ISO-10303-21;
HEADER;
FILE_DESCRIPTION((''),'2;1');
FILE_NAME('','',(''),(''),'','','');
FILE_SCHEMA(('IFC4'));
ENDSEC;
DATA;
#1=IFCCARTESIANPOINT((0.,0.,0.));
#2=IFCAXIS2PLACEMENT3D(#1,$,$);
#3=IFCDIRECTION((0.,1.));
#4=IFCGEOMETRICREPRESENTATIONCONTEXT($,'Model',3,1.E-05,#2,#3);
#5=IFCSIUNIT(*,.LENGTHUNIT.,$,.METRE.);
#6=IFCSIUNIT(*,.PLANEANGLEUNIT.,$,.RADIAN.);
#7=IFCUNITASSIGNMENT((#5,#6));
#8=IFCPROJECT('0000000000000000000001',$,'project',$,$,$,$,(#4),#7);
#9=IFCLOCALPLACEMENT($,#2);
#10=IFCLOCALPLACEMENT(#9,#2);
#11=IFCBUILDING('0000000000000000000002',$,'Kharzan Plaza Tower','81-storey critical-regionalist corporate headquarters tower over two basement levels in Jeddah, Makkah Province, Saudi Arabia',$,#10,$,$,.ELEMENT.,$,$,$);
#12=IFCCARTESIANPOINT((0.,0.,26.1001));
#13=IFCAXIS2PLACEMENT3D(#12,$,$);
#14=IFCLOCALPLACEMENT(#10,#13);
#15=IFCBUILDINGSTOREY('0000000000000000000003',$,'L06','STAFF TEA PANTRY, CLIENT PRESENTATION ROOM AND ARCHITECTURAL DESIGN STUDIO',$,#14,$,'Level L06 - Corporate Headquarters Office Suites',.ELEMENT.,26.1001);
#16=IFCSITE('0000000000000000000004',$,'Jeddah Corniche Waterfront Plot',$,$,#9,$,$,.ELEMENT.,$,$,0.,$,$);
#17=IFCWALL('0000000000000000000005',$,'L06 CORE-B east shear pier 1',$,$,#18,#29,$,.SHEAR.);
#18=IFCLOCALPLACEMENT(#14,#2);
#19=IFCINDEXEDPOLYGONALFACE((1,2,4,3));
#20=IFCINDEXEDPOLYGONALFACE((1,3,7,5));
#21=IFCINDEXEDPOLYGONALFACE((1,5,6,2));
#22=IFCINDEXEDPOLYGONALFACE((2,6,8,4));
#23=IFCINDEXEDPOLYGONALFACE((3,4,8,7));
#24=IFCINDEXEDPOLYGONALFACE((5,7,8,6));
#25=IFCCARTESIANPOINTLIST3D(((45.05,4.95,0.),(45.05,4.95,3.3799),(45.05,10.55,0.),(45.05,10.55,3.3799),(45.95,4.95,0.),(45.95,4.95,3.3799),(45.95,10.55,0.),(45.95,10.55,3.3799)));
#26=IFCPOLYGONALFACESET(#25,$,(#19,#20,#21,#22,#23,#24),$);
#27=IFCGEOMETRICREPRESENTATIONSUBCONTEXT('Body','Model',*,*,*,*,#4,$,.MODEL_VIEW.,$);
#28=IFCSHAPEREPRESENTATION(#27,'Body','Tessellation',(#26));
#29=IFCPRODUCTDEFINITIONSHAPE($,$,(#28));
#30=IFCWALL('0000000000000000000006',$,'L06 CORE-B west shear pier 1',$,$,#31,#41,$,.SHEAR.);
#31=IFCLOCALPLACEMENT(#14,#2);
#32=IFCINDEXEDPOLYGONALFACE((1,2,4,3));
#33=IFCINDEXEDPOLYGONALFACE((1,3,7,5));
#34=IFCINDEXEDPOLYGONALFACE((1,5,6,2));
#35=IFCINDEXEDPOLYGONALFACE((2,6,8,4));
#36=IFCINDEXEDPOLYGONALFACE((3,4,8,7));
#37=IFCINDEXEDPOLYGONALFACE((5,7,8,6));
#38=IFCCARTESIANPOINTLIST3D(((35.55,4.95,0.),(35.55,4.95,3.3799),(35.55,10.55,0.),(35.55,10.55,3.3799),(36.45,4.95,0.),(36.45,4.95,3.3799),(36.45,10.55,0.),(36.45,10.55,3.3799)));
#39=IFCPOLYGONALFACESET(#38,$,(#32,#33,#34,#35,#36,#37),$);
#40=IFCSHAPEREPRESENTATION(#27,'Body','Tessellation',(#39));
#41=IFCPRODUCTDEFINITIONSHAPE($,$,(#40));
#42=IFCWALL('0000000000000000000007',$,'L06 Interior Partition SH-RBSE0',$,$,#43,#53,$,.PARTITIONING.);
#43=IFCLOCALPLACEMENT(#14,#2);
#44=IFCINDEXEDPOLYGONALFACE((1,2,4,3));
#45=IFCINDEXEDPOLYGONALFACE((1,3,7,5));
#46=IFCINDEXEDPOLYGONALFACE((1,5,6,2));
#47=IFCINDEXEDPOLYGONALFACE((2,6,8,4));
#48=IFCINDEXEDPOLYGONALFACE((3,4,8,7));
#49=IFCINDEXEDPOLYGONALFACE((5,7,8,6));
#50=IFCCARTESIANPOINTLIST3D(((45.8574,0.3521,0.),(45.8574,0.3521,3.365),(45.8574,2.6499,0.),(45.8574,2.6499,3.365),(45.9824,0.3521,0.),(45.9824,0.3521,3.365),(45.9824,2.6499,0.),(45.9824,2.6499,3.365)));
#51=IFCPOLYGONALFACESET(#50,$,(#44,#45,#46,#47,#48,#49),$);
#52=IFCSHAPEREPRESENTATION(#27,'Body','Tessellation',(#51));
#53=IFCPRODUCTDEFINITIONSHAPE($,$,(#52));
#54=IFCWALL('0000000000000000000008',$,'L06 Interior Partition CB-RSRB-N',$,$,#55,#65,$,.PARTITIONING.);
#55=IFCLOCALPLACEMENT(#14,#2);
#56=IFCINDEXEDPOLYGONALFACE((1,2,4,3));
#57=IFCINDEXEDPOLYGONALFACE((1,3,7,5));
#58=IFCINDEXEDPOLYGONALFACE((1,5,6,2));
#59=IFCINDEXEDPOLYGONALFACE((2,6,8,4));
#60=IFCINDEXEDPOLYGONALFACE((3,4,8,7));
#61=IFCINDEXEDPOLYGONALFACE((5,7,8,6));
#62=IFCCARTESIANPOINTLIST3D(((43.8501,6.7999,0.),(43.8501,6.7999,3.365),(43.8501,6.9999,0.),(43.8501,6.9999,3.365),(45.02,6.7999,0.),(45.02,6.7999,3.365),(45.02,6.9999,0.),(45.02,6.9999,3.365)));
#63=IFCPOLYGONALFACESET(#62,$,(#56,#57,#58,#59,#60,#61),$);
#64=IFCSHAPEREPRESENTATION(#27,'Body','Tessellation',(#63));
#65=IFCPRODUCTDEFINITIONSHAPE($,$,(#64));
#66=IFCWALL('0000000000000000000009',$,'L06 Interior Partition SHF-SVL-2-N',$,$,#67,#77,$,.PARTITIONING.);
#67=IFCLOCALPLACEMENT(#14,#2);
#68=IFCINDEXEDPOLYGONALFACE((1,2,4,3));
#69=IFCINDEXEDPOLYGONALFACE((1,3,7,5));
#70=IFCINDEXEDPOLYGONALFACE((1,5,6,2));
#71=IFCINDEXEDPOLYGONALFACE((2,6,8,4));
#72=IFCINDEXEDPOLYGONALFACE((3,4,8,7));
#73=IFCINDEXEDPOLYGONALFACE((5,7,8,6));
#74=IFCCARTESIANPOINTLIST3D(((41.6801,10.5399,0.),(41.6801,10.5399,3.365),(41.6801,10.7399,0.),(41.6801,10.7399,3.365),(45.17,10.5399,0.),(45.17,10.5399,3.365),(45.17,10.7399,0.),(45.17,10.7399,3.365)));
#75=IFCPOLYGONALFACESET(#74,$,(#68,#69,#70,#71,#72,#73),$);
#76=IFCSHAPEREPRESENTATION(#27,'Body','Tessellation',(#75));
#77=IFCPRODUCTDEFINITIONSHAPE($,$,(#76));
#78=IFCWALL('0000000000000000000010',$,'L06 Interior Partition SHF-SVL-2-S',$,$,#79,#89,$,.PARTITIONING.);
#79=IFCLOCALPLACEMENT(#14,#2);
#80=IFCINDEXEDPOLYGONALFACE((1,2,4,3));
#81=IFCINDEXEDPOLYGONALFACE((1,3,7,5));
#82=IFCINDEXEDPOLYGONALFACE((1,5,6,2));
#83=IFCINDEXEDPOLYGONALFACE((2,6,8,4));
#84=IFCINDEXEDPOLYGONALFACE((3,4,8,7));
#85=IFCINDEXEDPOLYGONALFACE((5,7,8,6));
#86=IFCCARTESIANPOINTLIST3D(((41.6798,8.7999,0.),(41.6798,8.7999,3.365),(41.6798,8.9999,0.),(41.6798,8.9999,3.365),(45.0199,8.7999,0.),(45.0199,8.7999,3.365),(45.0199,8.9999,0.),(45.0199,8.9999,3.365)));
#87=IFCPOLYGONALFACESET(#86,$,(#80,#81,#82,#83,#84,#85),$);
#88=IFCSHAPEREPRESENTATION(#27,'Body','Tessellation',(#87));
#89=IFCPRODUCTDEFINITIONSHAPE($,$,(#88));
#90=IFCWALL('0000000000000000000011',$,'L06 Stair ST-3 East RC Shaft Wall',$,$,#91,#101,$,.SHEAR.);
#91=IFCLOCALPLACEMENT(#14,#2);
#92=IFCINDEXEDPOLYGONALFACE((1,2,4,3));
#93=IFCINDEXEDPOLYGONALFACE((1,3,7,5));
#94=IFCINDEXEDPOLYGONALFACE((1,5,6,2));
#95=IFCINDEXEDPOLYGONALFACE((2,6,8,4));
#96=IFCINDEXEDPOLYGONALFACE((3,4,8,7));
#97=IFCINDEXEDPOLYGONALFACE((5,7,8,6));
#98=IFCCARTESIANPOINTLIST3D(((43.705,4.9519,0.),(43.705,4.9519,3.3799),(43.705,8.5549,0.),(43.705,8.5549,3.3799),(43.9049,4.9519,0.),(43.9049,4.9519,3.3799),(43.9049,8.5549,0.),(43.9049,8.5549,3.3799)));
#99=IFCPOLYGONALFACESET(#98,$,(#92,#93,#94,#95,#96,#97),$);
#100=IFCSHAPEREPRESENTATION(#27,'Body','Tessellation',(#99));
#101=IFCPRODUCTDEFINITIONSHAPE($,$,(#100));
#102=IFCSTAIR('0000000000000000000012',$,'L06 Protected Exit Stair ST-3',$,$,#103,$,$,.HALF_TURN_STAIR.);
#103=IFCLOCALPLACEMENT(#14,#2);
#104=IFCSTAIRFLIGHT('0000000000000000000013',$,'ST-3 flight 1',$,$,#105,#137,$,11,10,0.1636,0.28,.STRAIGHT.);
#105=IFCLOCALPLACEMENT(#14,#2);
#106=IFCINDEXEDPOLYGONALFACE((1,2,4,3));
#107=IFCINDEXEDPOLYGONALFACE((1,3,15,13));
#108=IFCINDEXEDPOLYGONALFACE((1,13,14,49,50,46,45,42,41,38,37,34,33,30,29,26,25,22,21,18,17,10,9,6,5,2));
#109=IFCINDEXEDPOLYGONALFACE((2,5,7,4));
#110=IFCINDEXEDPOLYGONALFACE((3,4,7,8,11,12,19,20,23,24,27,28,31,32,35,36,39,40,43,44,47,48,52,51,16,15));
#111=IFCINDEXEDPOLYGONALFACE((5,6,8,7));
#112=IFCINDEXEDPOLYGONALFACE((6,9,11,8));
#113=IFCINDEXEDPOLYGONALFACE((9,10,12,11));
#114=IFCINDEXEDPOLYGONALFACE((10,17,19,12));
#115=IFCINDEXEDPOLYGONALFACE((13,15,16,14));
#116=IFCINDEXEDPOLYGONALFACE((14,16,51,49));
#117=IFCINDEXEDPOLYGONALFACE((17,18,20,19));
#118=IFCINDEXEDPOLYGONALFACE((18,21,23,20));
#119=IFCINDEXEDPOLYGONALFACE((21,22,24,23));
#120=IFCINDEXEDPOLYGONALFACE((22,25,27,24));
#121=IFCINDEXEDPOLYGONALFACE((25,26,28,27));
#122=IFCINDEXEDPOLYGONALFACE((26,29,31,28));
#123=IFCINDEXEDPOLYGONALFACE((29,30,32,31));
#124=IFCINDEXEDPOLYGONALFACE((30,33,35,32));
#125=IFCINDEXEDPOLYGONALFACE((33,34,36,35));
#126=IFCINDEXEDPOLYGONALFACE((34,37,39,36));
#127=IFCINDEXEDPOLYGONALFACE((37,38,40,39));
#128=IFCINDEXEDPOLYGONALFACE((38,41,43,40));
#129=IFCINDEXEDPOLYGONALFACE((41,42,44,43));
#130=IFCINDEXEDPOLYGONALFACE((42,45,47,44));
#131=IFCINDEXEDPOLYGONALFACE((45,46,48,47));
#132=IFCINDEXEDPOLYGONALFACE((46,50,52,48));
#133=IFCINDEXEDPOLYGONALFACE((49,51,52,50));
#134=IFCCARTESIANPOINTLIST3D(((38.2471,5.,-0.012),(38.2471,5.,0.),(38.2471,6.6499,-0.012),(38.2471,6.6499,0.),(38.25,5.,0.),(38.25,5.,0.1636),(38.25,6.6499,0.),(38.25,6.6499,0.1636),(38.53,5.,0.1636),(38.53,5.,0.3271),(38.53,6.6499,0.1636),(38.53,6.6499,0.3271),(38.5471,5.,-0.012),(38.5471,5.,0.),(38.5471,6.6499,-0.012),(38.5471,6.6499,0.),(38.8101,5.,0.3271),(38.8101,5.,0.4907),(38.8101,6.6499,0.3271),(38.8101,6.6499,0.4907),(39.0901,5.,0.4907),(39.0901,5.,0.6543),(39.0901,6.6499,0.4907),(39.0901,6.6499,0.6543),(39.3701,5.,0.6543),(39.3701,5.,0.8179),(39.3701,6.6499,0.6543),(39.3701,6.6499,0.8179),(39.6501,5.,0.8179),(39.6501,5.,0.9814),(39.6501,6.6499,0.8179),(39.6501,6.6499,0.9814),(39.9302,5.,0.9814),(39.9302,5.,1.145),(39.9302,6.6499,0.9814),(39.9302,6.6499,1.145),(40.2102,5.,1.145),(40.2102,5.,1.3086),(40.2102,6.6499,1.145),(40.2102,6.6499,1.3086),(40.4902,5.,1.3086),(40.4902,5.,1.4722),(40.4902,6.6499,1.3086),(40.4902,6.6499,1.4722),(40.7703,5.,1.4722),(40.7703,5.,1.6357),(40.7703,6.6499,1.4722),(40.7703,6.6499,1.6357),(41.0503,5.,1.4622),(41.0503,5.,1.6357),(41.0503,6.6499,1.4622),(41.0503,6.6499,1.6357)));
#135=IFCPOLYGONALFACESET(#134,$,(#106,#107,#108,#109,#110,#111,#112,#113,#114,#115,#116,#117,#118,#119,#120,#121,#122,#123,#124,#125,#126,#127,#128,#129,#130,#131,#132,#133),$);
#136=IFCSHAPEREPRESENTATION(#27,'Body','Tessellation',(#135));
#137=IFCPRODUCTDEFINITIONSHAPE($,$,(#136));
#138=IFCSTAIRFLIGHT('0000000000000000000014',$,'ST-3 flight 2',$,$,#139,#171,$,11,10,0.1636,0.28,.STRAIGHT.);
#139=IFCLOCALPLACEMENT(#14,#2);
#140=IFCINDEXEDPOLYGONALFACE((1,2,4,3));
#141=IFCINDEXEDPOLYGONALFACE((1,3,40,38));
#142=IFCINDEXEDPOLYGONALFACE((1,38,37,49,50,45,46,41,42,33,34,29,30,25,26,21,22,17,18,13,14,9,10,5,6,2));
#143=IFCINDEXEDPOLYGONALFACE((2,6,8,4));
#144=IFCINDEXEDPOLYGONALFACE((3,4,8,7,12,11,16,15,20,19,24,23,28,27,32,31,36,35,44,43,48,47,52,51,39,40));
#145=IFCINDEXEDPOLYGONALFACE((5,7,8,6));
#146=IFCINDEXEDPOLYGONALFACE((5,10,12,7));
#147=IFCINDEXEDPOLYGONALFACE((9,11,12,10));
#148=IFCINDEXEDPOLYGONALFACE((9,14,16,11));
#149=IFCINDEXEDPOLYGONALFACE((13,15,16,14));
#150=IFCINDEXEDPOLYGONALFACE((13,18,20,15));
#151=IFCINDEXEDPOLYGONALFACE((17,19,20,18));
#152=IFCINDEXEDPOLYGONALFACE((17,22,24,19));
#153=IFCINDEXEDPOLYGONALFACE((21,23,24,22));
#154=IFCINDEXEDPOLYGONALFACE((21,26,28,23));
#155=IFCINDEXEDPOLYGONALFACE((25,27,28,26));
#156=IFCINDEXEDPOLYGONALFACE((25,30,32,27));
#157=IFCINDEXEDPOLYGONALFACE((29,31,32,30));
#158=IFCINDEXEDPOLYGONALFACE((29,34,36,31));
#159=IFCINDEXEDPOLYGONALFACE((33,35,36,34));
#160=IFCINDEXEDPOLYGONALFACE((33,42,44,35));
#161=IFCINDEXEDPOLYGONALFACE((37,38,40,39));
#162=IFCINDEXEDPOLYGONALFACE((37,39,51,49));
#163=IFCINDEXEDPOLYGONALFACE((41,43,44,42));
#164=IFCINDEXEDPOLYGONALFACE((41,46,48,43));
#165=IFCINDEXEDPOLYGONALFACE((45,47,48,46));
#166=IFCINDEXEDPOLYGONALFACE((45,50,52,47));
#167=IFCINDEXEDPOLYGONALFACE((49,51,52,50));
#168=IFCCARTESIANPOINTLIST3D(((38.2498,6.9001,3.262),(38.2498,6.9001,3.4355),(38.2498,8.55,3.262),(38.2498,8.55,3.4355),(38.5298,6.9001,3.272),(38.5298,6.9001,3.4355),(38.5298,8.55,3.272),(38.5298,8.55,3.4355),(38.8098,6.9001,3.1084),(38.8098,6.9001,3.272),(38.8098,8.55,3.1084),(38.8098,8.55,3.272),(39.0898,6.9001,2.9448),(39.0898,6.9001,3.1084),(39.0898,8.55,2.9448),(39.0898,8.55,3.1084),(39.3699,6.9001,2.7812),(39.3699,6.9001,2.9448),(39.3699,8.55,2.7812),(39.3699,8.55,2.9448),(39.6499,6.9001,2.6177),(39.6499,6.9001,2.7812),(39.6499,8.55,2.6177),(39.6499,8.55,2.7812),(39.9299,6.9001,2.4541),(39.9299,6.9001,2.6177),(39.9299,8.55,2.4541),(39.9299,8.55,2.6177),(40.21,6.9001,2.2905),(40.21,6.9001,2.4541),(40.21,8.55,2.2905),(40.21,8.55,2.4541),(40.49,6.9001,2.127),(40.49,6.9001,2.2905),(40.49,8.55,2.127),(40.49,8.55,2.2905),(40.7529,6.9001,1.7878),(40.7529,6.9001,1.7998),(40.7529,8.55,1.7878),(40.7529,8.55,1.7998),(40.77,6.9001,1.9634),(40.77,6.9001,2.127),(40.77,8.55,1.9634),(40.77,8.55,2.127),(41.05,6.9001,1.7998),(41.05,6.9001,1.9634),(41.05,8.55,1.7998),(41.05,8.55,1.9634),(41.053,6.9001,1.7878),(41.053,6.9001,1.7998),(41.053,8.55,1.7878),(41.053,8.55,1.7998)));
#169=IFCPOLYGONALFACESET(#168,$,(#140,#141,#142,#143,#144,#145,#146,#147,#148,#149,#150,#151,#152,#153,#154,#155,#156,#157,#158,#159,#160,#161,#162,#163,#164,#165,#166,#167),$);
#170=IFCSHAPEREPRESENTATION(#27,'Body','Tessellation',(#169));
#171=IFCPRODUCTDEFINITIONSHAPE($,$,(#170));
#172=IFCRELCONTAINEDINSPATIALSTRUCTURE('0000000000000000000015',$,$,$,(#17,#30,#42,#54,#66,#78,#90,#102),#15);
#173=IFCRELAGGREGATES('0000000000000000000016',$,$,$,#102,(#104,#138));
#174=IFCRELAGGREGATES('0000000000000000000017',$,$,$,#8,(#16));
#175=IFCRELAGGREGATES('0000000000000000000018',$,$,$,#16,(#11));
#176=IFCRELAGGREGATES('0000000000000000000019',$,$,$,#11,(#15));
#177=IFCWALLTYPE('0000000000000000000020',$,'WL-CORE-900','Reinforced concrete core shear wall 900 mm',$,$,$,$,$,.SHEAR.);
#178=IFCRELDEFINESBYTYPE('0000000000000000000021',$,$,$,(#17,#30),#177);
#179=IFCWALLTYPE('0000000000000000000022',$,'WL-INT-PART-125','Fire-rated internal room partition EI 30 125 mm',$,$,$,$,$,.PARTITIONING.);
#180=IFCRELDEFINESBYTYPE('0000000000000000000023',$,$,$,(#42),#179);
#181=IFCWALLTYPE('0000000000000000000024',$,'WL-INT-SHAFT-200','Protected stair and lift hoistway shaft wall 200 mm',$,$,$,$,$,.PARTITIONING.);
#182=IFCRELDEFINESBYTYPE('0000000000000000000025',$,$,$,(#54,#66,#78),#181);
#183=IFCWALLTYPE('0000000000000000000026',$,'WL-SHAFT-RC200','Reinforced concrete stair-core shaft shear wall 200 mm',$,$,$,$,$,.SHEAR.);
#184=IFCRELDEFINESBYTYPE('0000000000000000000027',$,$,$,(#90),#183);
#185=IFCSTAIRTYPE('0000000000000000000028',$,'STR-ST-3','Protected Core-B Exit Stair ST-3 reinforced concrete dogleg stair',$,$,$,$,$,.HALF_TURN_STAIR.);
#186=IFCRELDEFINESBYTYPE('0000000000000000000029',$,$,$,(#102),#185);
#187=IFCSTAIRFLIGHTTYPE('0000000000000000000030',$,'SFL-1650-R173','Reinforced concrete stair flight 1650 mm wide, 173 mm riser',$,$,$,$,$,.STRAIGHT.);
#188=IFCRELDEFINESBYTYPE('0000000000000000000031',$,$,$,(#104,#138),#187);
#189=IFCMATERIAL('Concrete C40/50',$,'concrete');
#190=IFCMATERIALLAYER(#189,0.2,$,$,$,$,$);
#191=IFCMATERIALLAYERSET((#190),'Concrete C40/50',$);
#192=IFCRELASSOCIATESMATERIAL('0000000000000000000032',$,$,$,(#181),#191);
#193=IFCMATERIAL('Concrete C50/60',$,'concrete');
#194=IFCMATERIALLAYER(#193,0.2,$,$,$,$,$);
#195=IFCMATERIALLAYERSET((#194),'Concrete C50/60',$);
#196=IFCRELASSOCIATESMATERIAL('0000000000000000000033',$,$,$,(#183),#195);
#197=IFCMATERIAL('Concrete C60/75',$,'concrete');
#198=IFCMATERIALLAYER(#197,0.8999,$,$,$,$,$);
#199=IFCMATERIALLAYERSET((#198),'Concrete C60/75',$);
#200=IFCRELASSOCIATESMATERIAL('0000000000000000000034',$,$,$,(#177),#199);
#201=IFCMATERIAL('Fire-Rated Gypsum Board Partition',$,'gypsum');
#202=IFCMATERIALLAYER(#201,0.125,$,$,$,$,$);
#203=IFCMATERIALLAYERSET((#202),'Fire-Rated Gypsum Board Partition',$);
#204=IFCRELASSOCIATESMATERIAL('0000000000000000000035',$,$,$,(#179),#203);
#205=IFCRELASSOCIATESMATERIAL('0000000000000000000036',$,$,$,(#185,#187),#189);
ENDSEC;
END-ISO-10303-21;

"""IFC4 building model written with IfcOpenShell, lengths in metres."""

from ifc_helpers import new_model, si_unit, direction, frame, frame_2d, origin, place, context, subcontext, project, spatial, polyline, rectangle, outline, extrude, source, transform, mapped, material, layer, layer_set, type_object, element, aggregate, save


model = new_model("IFC4")

# Units and contexts
model_context = context("Model", 3, precision=1e-05, world=origin(), true_north=direction((0.0, 1.0)))
body_context = subcontext(model_context, "Body", "Model", "MODEL_VIEW")
ifc_project = project(units=[si_unit("LENGTHUNIT", "METRE"), si_unit("PLANEANGLEUNIT", "RADIAN")], contexts=[model_context])

# Site, building, storey
site_placement = place(None, origin())
site = spatial("IfcSite", under=ifc_project, at=site_placement, Name="Jeddah Corniche Waterfront Plot", CompositionType="ELEMENT", RefElevation=0.0)
building_placement = place(site_placement, origin())
building = spatial("IfcBuilding", under=site, at=building_placement, Name="Kharzan Plaza Tower", Description="81-storey critical-regionalist corporate headquarters tower over two basement levels in Jeddah, Makkah Province, Saudi Arabia", CompositionType="ELEMENT")
storey_placement = place(building_placement, frame((0.0, 0.0, 26.1001)))
storey = spatial("IfcBuildingStorey", under=building, at=storey_placement, Name="L06", Description="STAFF TEA PANTRY, CLIENT PRESENTATION ROOM AND ARCHITECTURAL DESIGN STUDIO", LongName="Level L06 - Corporate Headquarters Office Suites", CompositionType="ELEMENT", Elevation=26.1001)

# Shared definitions
ifc_material_1 = material(Name="Concrete C60/75", Category="concrete")

# Shared definitions
ifc_material_2 = material(Name="Concrete C40/50", Category="concrete")

# Shared definitions
ifc_layer_1 = layer(ifc_material_2, 0.2)
ifc_layer_set_1 = layer_set([ifc_layer_1], Name="Concrete C40/50")
wall_type_1 = type_object("IfcWallType", Name="WL-INT-SHAFT-200", Description="Protected stair and lift hoistway shaft wall 200 mm", PredefinedType="PARTITIONING", material=ifc_layer_set_1)
ifc_material_3 = material(Name="Concrete C50/60", Category="concrete")
ifc_layer_2 = layer(ifc_material_3, 0.2)
ifc_layer_set_2 = layer_set([ifc_layer_2], Name="Concrete C50/60")
wall_type_2 = type_object("IfcWallType", Name="WL-SHAFT-RC200", Description="Reinforced concrete stair-core shaft shear wall 200 mm", PredefinedType="SHEAR", material=ifc_layer_set_2)

# Walls
ifc_layer_3 = layer(ifc_material_1, 0.8999)
ifc_layer_set_3 = layer_set([ifc_layer_3], Name="Concrete C60/75")
wall_type_3 = type_object("IfcWallType", Name="WL-CORE-900", Description="Reinforced concrete core shear wall 900 mm", PredefinedType="SHEAR", material=ifc_layer_set_3)
shared_shape_1 = source(origin(), body_context, "Body", "SweptSolid", [
    extrude(rectangle(XDim=5.6001, YDim=0.8999, at=frame_2d((2.8, 0.0))), origin(), (0.0, 0.0, 1.0), 3.3799),
])
for number, where, z_axis, x_axis, name in (
    (1, (45.5, 4.95, 0.0), (0.0, 0.0, 1.0), (0.0, 1.0, 0.0), "L06 CORE-B east shear pier 1"),
    (2, (36.0, 4.95, 0.0), (0.0, 0.0, 1.0), (0.0, 1.0, 0.0), "L06 CORE-B west shear pier 1"),
):
    element("IfcWall", number, at=place(storey_placement, frame(where, z_axis=z_axis, x_axis=x_axis)), inside=storey, type_object=wall_type_3, Name=name, PredefinedType="SHEAR", context=body_context, shape_type="MappedRepresentation", body=[
        mapped(shared_shape_1, transform((0.0, 0.0, 0.0), x_axis=(1.0, 0.0, 0.0), y_axis=(0.0, 1.0, 0.0), z_axis=(0.0, 0.0, 1.0))),
    ])
ifc_material_4 = material(Name="Fire-Rated Gypsum Board Partition", Category="gypsum")
ifc_layer_4 = layer(ifc_material_4, 0.125)
ifc_layer_set_4 = layer_set([ifc_layer_4], Name="Fire-Rated Gypsum Board Partition")
wall_type_4 = type_object("IfcWallType", Name="WL-INT-PART-125", Description="Fire-rated internal room partition EI 30 125 mm", PredefinedType="PARTITIONING", material=ifc_layer_set_4)
shared_shape_2 = source(origin(), body_context, "Body", "SweptSolid", [
    extrude(rectangle(XDim=2.2979, YDim=0.125, at=frame_2d((1.1489, 0.0))), origin(), (0.0, 0.0, 1.0), 3.365),
])
wall_1_placement = place(storey_placement, frame((45.9199, 0.3521, 0.0), z_axis=(0.0, 0.0, 1.0), x_axis=(0.0, 1.0, 0.0)))
element("IfcWall", 3, at=wall_1_placement, inside=storey, type_object=wall_type_4, Name="L06 Interior Partition SH-RBSE0", PredefinedType="PARTITIONING", context=body_context, shape_type="MappedRepresentation", body=[
    mapped(shared_shape_2, transform((0.0, 0.0, 0.0), x_axis=(1.0, 0.0, 0.0), y_axis=(0.0, 1.0, 0.0), z_axis=(0.0, 0.0, 1.0))),
])
shared_shape_3 = source(origin(), body_context, "Body", "SweptSolid", [
    extrude(rectangle(XDim=1.1699, YDim=0.2, at=frame_2d((0.585, 0.0))), origin(), (0.0, 0.0, 1.0), 3.365),
])
wall_2_placement = place(storey_placement, frame((43.8501, 6.8999, 0.0), z_axis=(0.0, 0.0, 1.0), x_axis=(1.0, 0.0, 0.0)))
element("IfcWall", 4, at=wall_2_placement, inside=storey, type_object=wall_type_1, Name="L06 Interior Partition CB-RSRB-N", PredefinedType="PARTITIONING", context=body_context, shape_type="MappedRepresentation", body=[
    mapped(shared_shape_3, transform((0.0, 0.0, 0.0), x_axis=(1.0, 0.0, 0.0), y_axis=(0.0, 1.0, 0.0), z_axis=(0.0, 0.0, 1.0))),
])
shared_shape_4 = source(origin(), body_context, "Body", "SweptSolid", [
    extrude(rectangle(XDim=3.49, YDim=0.2, at=frame_2d((1.7451, 0.0))), origin(), (0.0, 0.0, 1.0), 3.365),
])
wall_3_placement = place(storey_placement, frame((41.6799, 10.6399, 0.0), z_axis=(0.0, 0.0, 1.0), x_axis=(1.0, 0.0, 0.0)))
element("IfcWall", 5, at=wall_3_placement, inside=storey, type_object=wall_type_1, Name="L06 Interior Partition SHF-SVL-2-N", PredefinedType="PARTITIONING", context=body_context, shape_type="MappedRepresentation", body=[
    mapped(shared_shape_4, transform((0.0, 0.0, 0.0), x_axis=(1.0, 0.0, 0.0), y_axis=(0.0, 1.0, 0.0), z_axis=(0.0, 0.0, 1.0))),
])
shared_shape_5 = source(origin(), body_context, "Body", "SweptSolid", [
    extrude(rectangle(XDim=3.3401, YDim=0.2, at=frame_2d((1.6699, 0.0))), origin(), (0.0, 0.0, 1.0), 3.365),
])
wall_4_placement = place(storey_placement, frame((41.6799, 8.8999, 0.0), z_axis=(0.0, 0.0, 1.0), x_axis=(1.0, 0.0, 0.0)))
element("IfcWall", 6, at=wall_4_placement, inside=storey, type_object=wall_type_1, Name="L06 Interior Partition SHF-SVL-2-S", PredefinedType="PARTITIONING", context=body_context, shape_type="MappedRepresentation", body=[
    mapped(shared_shape_5, transform((0.0, 0.0, 0.0), x_axis=(1.0, 0.0, 0.0), y_axis=(0.0, 1.0, 0.0), z_axis=(0.0, 0.0, 1.0))),
])
shared_shape_6 = source(origin(), body_context, "Body", "SweptSolid", [
    extrude(rectangle(XDim=3.603, YDim=0.2, at=frame_2d((1.8015, 0.0))), origin(), (0.0, 0.0, 1.0), 3.3799),
])
wall_5_placement = place(storey_placement, frame((43.8049, 4.9519, 0.0), z_axis=(0.0, 0.0, 1.0), x_axis=(0.0, 1.0, 0.0)))
element("IfcWall", 7, at=wall_5_placement, inside=storey, type_object=wall_type_2, Name="L06 Stair ST-3 East RC Shaft Wall", PredefinedType="SHEAR", context=body_context, shape_type="MappedRepresentation", body=[
    mapped(shared_shape_6, transform((0.0, 0.0, 0.0), x_axis=(1.0, 0.0, 0.0), y_axis=(0.0, 1.0, 0.0), z_axis=(0.0, 0.0, 1.0))),
])

# Stair, stair flights
stair_type = type_object("IfcStairType", Name="STR-ST-3", Description="Protected Core-B Exit Stair ST-3 reinforced concrete dogleg stair", PredefinedType="HALF_TURN_STAIR", material=ifc_material_2)
stair_placement = place(storey_placement, origin())
stair = element("IfcStair", 8, at=stair_placement, inside=storey, type_object=stair_type, Name="L06 Protected Exit Stair ST-3", PredefinedType="HALF_TURN_STAIR")
stair_flight_type = type_object("IfcStairFlightType", Name="SFL-1650-R173", Description="Reinforced concrete stair flight 1650 mm wide, 173 mm riser", PredefinedType="STRAIGHT", material=ifc_material_2)
shared_shape_7 = source(origin(), body_context, "Body", "SweptSolid", [
    extrude(outline(polyline([(-0.0029, -0.012), (-0.0029, 0.0), (0.0, 0.0), (0.0, 0.1636), (0.28, 0.1636), (0.28, 0.3271), (0.5601, 0.3271), (0.5601, 0.4907), (0.8401, 0.4907), (0.8401, 0.6543), (1.1201, 0.6543), (1.1201, 0.8179), (1.4001, 0.8179), (1.4001, 0.9814), (1.6802, 0.9814), (1.6802, 1.145), (1.9602, 1.145), (1.9602, 1.3086), (2.2402, 1.3086), (2.2402, 1.4722), (2.5203, 1.4722), (2.5203, 1.6357), (2.8003, 1.6357), (2.8003, 1.7993), (2.8003, 1.4622), (0.2971, 0.0), (0.2971, -0.012), (-0.0029, -0.012)])), frame((0.0, 0.825, 0.0), z_axis=(0.0, -1.0, 0.0), x_axis=(1.0, 0.0, 0.0)), (0.0, 0.0, 1.0), 1.6499),
])
stair_flight_1_placement = place(storey_placement, frame((38.25, 5.825, 0.0), z_axis=(0.0, 0.0, 1.0), x_axis=(1.0, 0.0, 0.0)))
stair_flight_1 = element("IfcStairFlight", 9, at=stair_flight_1_placement, type_object=stair_flight_type, Name="ST-3 flight 1", NumberOfRisers=11, NumberOfTreads=10, PredefinedType="STRAIGHT", RiserHeight=0.1636, TreadLength=0.28, context=body_context, shape_type="MappedRepresentation", body=[
    mapped(shared_shape_7, transform((0.0, 0.0, 0.0), x_axis=(1.0, 0.0, 0.0), y_axis=(0.0, 1.0, 0.0), z_axis=(0.0, 0.0, 1.0))),
])
stair_flight_2_placement = place(storey_placement, frame((41.05, 7.7251, 1.7998), z_axis=(0.0, 0.0, 1.0), x_axis=(-1.0, 0.0, 0.0)))
stair_flight_2 = element("IfcStairFlight", 10, at=stair_flight_2_placement, type_object=stair_flight_type, Name="ST-3 flight 2", NumberOfRisers=11, NumberOfTreads=10, PredefinedType="STRAIGHT", RiserHeight=0.1636, TreadLength=0.28, context=body_context, shape_type="MappedRepresentation", body=[
    mapped(shared_shape_7, transform((0.0, 0.0, 0.0), x_axis=(1.0, 0.0, 0.0), y_axis=(0.0, 1.0, 0.0), z_axis=(0.0, 0.0, 1.0))),
])
aggregate(stair, [stair_flight_1, stair_flight_2])

save(model, "model.ifc")
